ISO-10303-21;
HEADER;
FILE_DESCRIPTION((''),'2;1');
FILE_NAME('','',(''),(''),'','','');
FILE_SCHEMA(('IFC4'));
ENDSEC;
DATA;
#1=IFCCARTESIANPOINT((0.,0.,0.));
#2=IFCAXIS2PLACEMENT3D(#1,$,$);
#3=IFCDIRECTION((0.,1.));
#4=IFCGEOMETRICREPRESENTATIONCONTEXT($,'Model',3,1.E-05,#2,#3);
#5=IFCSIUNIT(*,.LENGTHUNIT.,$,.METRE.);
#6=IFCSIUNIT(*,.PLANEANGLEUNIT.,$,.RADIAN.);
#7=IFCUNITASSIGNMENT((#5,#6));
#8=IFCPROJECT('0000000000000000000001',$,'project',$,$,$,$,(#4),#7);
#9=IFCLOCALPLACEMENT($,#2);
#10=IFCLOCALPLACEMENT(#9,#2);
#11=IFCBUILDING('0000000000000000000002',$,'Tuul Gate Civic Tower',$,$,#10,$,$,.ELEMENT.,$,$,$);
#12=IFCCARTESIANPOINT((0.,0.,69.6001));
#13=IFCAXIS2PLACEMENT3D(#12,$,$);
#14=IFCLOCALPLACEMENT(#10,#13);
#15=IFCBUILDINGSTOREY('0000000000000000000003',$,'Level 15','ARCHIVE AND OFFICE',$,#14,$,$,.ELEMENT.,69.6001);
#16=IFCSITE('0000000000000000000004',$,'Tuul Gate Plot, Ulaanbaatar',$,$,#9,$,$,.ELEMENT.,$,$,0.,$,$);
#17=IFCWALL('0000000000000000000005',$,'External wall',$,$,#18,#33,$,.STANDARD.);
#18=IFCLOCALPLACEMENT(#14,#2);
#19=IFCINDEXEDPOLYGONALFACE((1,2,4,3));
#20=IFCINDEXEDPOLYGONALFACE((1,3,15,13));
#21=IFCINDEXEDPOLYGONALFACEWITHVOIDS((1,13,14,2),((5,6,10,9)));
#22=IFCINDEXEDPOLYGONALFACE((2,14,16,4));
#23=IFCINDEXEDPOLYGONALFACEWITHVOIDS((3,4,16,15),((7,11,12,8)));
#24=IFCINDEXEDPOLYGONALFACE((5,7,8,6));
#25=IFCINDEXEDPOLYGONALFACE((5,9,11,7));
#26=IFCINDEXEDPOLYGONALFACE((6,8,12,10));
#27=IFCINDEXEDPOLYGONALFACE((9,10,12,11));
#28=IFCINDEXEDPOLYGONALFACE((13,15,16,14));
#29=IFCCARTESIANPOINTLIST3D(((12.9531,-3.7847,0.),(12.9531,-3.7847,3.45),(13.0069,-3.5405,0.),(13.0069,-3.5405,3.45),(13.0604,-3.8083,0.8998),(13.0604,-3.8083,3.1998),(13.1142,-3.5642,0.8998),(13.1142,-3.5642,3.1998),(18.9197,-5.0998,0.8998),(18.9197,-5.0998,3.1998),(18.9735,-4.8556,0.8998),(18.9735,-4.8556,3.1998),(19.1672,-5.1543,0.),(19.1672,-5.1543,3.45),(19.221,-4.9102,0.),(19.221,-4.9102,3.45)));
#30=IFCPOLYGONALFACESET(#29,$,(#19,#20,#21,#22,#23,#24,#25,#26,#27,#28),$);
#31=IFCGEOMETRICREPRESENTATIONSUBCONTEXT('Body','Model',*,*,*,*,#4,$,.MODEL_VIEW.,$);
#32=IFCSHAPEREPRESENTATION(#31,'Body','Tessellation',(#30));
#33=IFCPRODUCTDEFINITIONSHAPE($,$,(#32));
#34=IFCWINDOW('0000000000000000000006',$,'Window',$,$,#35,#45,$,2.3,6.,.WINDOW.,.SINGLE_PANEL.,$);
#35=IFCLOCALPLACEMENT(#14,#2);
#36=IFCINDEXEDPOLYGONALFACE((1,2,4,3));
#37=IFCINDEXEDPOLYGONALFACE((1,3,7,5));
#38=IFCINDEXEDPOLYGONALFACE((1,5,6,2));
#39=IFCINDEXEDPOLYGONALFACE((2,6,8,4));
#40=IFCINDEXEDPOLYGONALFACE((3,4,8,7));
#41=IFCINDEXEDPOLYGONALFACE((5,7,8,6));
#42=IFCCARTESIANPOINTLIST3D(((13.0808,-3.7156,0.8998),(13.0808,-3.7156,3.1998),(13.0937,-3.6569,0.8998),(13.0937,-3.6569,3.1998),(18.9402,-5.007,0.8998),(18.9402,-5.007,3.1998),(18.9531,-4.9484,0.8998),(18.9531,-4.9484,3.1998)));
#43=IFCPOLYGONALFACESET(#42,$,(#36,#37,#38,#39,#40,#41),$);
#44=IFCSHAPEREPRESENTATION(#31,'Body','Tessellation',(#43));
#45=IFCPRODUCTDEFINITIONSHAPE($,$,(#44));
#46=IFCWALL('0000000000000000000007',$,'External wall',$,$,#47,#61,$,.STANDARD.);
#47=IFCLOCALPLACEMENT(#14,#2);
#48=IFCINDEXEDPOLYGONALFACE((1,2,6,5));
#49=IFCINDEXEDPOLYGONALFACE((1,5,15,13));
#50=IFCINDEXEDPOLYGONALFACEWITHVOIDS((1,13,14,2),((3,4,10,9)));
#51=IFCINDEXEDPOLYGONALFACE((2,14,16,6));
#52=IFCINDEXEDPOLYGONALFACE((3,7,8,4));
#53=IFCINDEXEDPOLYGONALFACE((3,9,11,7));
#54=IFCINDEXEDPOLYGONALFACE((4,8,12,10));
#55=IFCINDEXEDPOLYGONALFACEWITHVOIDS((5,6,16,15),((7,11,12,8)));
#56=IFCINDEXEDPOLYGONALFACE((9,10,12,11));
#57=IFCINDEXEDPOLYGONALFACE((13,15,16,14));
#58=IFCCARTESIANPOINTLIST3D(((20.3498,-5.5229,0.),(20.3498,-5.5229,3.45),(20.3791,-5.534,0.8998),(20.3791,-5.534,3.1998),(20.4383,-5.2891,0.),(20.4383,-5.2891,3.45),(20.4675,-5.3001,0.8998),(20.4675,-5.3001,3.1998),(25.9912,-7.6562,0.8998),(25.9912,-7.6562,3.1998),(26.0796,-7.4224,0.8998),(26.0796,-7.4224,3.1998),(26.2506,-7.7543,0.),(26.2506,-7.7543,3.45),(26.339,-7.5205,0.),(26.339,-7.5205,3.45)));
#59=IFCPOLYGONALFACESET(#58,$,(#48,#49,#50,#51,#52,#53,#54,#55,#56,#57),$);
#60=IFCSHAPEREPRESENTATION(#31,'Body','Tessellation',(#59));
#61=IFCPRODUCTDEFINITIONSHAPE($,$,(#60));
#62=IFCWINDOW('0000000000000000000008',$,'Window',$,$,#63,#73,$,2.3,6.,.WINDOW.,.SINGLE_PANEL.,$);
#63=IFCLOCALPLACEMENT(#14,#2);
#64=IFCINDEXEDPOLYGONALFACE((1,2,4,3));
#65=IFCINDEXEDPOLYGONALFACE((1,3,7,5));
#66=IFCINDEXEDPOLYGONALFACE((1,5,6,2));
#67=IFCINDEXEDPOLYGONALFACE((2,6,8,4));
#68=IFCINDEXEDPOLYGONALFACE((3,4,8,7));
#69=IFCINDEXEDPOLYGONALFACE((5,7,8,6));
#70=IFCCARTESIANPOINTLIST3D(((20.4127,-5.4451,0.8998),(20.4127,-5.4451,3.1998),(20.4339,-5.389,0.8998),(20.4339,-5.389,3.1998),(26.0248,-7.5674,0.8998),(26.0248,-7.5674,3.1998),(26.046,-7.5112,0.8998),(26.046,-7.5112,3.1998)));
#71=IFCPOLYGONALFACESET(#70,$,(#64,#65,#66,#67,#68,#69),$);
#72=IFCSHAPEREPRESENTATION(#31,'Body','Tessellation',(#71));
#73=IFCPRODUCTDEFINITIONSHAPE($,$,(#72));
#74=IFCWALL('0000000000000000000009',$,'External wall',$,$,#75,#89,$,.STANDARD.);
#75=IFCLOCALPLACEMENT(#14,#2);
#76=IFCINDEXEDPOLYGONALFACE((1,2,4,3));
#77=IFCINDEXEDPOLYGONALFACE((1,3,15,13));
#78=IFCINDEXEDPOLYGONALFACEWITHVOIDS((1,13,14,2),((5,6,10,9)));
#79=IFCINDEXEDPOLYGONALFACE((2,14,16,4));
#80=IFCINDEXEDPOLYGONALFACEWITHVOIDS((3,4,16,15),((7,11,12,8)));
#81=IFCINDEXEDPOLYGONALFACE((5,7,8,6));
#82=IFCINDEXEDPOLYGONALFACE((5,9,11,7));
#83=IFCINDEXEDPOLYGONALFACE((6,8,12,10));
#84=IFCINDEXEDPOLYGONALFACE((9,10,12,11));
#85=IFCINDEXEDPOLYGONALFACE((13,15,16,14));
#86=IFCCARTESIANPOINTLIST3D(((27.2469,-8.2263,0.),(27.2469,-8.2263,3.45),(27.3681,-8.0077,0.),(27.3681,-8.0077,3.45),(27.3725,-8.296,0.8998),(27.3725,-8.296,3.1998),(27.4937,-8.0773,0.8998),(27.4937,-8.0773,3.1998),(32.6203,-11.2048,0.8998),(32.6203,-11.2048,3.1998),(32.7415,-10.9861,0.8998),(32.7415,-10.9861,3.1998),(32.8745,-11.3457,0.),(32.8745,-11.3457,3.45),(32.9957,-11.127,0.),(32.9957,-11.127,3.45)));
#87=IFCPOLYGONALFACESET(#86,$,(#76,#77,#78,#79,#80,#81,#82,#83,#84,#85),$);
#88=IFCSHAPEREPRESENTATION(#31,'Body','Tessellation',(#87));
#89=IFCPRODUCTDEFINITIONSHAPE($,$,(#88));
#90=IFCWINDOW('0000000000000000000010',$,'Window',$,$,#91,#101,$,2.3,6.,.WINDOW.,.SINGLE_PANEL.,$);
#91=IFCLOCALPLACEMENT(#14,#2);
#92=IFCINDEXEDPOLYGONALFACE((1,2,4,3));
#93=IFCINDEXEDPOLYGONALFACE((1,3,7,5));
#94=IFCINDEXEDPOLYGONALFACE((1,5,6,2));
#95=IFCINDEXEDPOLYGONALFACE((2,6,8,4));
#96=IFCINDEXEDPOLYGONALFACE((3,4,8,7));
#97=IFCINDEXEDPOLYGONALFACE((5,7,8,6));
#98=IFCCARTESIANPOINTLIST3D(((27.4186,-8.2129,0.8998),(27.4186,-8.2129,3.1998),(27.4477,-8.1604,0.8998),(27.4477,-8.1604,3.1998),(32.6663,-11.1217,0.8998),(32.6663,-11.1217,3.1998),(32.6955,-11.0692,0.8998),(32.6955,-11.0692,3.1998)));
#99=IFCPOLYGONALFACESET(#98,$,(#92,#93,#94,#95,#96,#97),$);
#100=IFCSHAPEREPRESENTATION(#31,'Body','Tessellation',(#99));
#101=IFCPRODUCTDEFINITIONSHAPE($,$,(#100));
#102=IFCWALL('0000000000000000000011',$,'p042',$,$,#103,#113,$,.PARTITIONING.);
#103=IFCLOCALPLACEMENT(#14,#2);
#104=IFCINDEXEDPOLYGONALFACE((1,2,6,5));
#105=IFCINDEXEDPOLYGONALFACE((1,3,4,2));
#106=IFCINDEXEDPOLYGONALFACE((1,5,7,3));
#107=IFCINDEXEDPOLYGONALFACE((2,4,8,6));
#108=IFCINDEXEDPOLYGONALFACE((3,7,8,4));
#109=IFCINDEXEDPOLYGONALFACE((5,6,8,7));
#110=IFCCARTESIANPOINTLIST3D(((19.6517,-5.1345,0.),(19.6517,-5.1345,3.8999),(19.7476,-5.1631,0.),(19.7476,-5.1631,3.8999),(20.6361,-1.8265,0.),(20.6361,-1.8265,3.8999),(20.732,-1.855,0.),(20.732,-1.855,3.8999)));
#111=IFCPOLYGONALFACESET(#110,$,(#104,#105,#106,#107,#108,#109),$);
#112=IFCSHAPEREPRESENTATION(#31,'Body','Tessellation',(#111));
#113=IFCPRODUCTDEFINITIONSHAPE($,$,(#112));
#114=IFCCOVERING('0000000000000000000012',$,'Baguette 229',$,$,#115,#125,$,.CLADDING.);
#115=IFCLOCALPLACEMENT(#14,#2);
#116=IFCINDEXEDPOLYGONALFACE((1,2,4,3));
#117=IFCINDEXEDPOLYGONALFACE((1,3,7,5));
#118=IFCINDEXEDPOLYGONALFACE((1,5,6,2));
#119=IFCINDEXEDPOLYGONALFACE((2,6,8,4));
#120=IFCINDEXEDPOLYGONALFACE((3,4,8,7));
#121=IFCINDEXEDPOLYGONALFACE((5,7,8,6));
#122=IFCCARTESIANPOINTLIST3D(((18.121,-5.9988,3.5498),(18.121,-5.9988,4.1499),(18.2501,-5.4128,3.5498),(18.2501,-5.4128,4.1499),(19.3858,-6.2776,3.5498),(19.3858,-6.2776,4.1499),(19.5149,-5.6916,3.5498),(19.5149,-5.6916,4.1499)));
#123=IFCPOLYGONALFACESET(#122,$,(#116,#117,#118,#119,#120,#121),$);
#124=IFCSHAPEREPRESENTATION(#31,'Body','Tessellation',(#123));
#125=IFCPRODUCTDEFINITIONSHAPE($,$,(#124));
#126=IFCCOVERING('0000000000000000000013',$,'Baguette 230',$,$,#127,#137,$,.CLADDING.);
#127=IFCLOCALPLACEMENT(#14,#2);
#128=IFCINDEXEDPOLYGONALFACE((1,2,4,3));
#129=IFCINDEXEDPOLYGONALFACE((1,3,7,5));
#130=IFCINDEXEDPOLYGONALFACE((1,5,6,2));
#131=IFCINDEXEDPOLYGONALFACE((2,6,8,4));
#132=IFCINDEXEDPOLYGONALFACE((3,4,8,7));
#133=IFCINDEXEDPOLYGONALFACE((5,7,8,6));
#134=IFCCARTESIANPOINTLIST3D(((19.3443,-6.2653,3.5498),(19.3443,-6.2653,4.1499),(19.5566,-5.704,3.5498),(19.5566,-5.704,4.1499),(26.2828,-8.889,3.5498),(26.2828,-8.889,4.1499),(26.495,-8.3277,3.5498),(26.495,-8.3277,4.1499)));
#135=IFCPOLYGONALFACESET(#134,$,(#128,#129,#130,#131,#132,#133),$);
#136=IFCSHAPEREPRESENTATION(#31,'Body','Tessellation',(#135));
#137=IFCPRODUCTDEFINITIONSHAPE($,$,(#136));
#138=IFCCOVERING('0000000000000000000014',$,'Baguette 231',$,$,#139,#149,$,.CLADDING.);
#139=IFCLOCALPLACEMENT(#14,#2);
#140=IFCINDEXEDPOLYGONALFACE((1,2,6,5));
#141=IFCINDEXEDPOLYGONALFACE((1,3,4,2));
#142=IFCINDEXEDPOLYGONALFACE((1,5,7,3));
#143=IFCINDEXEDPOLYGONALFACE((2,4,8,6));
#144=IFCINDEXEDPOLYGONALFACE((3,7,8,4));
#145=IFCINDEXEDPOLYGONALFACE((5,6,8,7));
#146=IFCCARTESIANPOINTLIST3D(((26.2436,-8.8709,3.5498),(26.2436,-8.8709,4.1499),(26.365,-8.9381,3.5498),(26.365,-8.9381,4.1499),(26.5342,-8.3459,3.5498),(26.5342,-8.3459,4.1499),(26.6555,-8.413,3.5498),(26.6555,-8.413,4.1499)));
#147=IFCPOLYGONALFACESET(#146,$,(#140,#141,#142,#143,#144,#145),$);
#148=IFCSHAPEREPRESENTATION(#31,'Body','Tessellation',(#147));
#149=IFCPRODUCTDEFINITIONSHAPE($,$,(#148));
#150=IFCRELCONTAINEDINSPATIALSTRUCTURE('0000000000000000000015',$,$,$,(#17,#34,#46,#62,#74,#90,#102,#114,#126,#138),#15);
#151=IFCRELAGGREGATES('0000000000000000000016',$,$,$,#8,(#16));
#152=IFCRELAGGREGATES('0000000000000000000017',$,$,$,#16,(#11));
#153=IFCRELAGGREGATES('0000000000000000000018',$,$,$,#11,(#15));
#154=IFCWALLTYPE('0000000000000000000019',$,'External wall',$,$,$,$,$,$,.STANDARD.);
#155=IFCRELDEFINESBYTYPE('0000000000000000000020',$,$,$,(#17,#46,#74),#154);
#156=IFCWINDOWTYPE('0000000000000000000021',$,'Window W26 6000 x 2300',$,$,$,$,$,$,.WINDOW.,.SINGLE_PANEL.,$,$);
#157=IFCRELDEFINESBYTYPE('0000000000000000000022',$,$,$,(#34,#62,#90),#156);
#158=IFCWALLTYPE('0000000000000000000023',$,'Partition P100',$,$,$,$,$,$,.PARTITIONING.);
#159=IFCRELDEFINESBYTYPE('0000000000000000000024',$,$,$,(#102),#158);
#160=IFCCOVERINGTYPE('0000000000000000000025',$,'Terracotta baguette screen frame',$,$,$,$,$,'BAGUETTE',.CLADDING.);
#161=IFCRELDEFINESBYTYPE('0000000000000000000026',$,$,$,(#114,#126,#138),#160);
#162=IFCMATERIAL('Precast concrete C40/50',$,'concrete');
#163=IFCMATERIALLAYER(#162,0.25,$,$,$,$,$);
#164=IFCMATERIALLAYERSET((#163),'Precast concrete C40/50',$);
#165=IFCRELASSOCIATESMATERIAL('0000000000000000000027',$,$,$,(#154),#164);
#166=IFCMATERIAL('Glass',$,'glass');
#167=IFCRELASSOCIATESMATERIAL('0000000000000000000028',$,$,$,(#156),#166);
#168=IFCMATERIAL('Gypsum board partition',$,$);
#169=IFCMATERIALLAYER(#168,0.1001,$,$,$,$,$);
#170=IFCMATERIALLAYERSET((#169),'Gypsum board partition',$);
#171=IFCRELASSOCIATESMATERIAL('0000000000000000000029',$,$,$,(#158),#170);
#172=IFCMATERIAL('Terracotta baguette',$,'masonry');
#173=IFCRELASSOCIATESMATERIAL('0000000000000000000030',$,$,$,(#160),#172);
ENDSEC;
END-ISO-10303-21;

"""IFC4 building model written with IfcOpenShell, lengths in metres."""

from ifc_helpers import new_model, si_unit, direction, frame, frame_2d, origin, origin_2d, place, context, subcontext, project, spatial, rectangle, extrude, material, layer, layer_set, material_profile, profile_set, type_object, element, fill, save


model = new_model("IFC4")

# Units and contexts
model_context = context("Model", 3, precision=1e-05, world=origin(), true_north=direction((0.0, 1.0)))
body_context = subcontext(model_context, "Body", "Model", "MODEL_VIEW")
ifc_project = project(units=[si_unit("LENGTHUNIT", "METRE"), si_unit("PLANEANGLEUNIT", "RADIAN")], contexts=[model_context])

# Site, building, storey
site_placement = place(None, origin())
site = spatial("IfcSite", under=ifc_project, at=site_placement, Name="Tuul Gate Plot, Ulaanbaatar", CompositionType="ELEMENT", RefElevation=0.0)
building_placement = place(site_placement, origin())
building = spatial("IfcBuilding", under=site, at=building_placement, Name="Tuul Gate Civic Tower", CompositionType="ELEMENT")
storey_placement = place(building_placement, frame((0.0, 0.0, 69.6001)))
storey = spatial("IfcBuildingStorey", under=building, at=storey_placement, Name="Level 15", Description="ARCHIVE AND OFFICE", CompositionType="ELEMENT", Elevation=69.6001)

# Walls, openings, windows
ifc_material_1 = material(Name="Precast concrete C40/50", Category="concrete")
ifc_layer_1 = layer(ifc_material_1, 0.25)
ifc_layer_set_1 = layer_set([ifc_layer_1], Name="Precast concrete C40/50")
wall_type_1 = type_object("IfcWallType", Name="External wall", PredefinedType="STANDARD", material=ifc_layer_set_1)
wall_1_placement = place(storey_placement, frame((12.98, -3.6626, 0.0), z_axis=(0.0, 0.0, 1.0), x_axis=(0.976561, -0.21524, 0.0)))
wall_1 = element("IfcWall", 1, at=wall_1_placement, inside=storey, type_object=wall_type_1, Name="External wall", PredefinedType="STANDARD", context=body_context, shape_type="SweptSolid", body=[
    extrude(rectangle(XDim=6.3633, YDim=0.25, at=frame_2d((3.1816, 0.0))), origin(), (0.0, 0.0, 1.0), 3.45),
])
opening_1_placement = place(wall_1_placement, frame((0.1099, 0.0, 0.8999)))
opening_1 = element("IfcOpeningElement", 2, at=opening_1_placement, cuts=wall_1, PredefinedType="OPENING", context=body_context, shape_type="SweptSolid", body=[
    extrude(rectangle(XDim=6.0, YDim=2.3, at=frame_2d((3.0, 1.1499))), frame((0.0, 0.135, 0.0), z_axis=(0.0, -1.0, 0.0), x_axis=(1.0, 0.0, 0.0)), (0.0, 0.0, 1.0), 0.27),
])
ifc_material_2 = material(Name="Glass", Category="glass")
window_type = type_object("IfcWindowType", Name="Window W26 6000 x 2300", PartitioningType="SINGLE_PANEL", PredefinedType="WINDOW", material=ifc_material_2)
window_1_placement = place(opening_1_placement, origin())
window_1 = element("IfcWindow", 3, at=window_1_placement, inside=storey, type_object=window_type, Name="Window", OverallHeight=2.3, OverallWidth=6.0, PartitioningType="SINGLE_PANEL", PredefinedType="WINDOW", context=body_context, shape_type="SweptSolid", body=[
    extrude(rectangle(XDim=6.0, YDim=2.3, at=frame_2d((3.0, 1.1499))), frame((0.0, 0.03, 0.0), z_axis=(0.0, -1.0, 0.0), x_axis=(1.0, 0.0, 0.0)), (0.0, 0.0, 1.0), 0.0601),
])
fill(opening_1, window_1)
wall_2_placement = place(storey_placement, frame((20.394, -5.406, 0.0), z_axis=(0.0, 0.0, 1.0), x_axis=(0.935355, -0.353709, 0.0)))
wall_2 = element("IfcWall", 4, at=wall_2_placement, inside=storey, type_object=wall_type_1, Name="External wall", PredefinedType="STANDARD", context=body_context, shape_type="SweptSolid", body=[
    extrude(rectangle(XDim=6.3086, YDim=0.25, at=frame_2d((3.1543, 0.0))), origin(), (0.0, 0.0, 1.0), 3.45),
])
opening_2_placement = place(wall_2_placement, frame((0.0312, 0.0, 0.8999)))
opening_2 = element("IfcOpeningElement", 5, at=opening_2_placement, cuts=wall_2, PredefinedType="OPENING", context=body_context, shape_type="SweptSolid", body=[
    extrude(rectangle(XDim=6.0, YDim=2.3, at=frame_2d((3.0, 1.1499))), frame((0.0, 0.135, 0.0), z_axis=(0.0, -1.0, 0.0), x_axis=(1.0, 0.0, 0.0)), (0.0, 0.0, 1.0), 0.27),
])
window_2_placement = place(opening_2_placement, origin())
window_2 = element("IfcWindow", 6, at=window_2_placement, inside=storey, type_object=window_type, Name="Window", OverallHeight=2.3, OverallWidth=6.0, PartitioningType="SINGLE_PANEL", PredefinedType="WINDOW", context=body_context, shape_type="SweptSolid", body=[
    extrude(rectangle(XDim=6.0, YDim=2.3, at=frame_2d((3.0, 1.1499))), frame((0.0, 0.03, 0.0), z_axis=(0.0, -1.0, 0.0), x_axis=(1.0, 0.0, 0.0)), (0.0, 0.0, 1.0), 0.0601),
])
fill(opening_2, window_2)
wall_3_placement = place(storey_placement, frame((27.3074, -8.1169, 0.0), z_axis=(0.0, 0.0, 1.0), x_axis=(0.874626, -0.484799, 0.0)))
wall_3 = element("IfcWall", 7, at=wall_3_placement, inside=storey, type_object=wall_type_1, Name="External wall", PredefinedType="STANDARD", context=body_context, shape_type="SweptSolid", body=[
    extrude(rectangle(XDim=6.4343, YDim=0.25, at=frame_2d((3.2173, 0.0))), origin(), (0.0, 0.0, 1.0), 3.45),
])
opening_3_placement = place(wall_3_placement, frame((0.1438, 0.0, 0.8999)))
opening_3 = element("IfcOpeningElement", 8, at=opening_3_placement, cuts=wall_3, PredefinedType="OPENING", context=body_context, shape_type="SweptSolid", body=[
    extrude(rectangle(XDim=6.0, YDim=2.3, at=frame_2d((3.0, 1.1499))), frame((0.0, 0.135, 0.0), z_axis=(0.0, -1.0, 0.0), x_axis=(1.0, 0.0, 0.0)), (0.0, 0.0, 1.0), 0.27),
])
window_3_placement = place(opening_3_placement, origin())
window_3 = element("IfcWindow", 9, at=window_3_placement, inside=storey, type_object=window_type, Name="Window", OverallHeight=2.3, OverallWidth=6.0, PartitioningType="SINGLE_PANEL", PredefinedType="WINDOW", context=body_context, shape_type="SweptSolid", body=[
    extrude(rectangle(XDim=6.0, YDim=2.3, at=frame_2d((3.0, 1.1499))), frame((0.0, 0.03, 0.0), z_axis=(0.0, -1.0, 0.0), x_axis=(1.0, 0.0, 0.0)), (0.0, 0.0, 1.0), 0.0601),
])
fill(opening_3, window_3)

# Wall
ifc_material_3 = material(Name="Gypsum board partition")
ifc_layer_2 = layer(ifc_material_3, 0.1001)
ifc_layer_set_2 = layer_set([ifc_layer_2], Name="Gypsum board partition")
wall_type_2 = type_object("IfcWallType", Name="Partition P100", PredefinedType="PARTITIONING", material=ifc_layer_set_2)
wall_4_placement = place(storey_placement, frame((19.6997, -5.1487, 0.0), z_axis=(0.0, 0.0, 1.0), x_axis=(0.285206, 0.958466, 0.0)))
element("IfcWall", 10, at=wall_4_placement, inside=storey, type_object=wall_type_2, Name="p042", PredefinedType="PARTITIONING", context=body_context, shape_type="SweptSolid", body=[
    extrude(rectangle(XDim=3.4514, YDim=0.1001, at=frame_2d((1.7256, 0.0))), origin(), (0.0, 0.0, 1.0), 3.8999),
])

# Coverings
ifc_material_4 = material(Name="Terracotta baguette", Category="masonry")
ifc_material_profile_1 = material_profile(ifc_material_4, rectangle(XDim=0.6001, YDim=0.6001, at=origin_2d()), Name="Terracotta baguette screen frame")
ifc_profile_set_1 = profile_set([ifc_material_profile_1], Name="Terracotta baguette")
covering_type = type_object("IfcCoveringType", Name="Terracotta baguette screen frame", ElementType="BAGUETTE", PredefinedType="CLADDING", material=ifc_profile_set_1)
covering_1_placement = place(storey_placement, frame((18.1855, -5.7058, 3.8499), z_axis=(0.976558, -0.215254, 0.0), x_axis=(0.215254, 0.976558, 0.0)))
element("IfcCovering", 11, at=covering_1_placement, inside=storey, type_object=covering_type, Name="Baguette 229", PredefinedType="CLADDING", context=body_context, shape_type="SweptSolid", body=[
    extrude(rectangle(XDim=0.6001, YDim=0.6001, at=origin_2d()), origin(), (0.0, 0.0, 1.0), 1.2952),
])
covering_2_placement = place(storey_placement, frame((19.4504, -5.9846, 3.8499), z_axis=(0.935357, -0.353705, 0.0), x_axis=(0.353705, 0.935357, 0.0)))
element("IfcCovering", 12, at=covering_2_placement, inside=storey, type_object=covering_type, Name="Baguette 230", PredefinedType="CLADDING", context=body_context, shape_type="SweptSolid", body=[
    extrude(rectangle(XDim=0.6001, YDim=0.6001, at=origin_2d()), origin(), (0.0, 0.0, 1.0), 7.418),
])
covering_3_placement = place(storey_placement, frame((26.3889, -8.6084, 3.8499), z_axis=(0.874986, -0.484147, 0.0), x_axis=(0.484147, 0.874986, 0.0)))
element("IfcCovering", 13, at=covering_3_placement, inside=storey, type_object=covering_type, Name="Baguette 231", PredefinedType="CLADDING", context=body_context, shape_type="SweptSolid", body=[
    extrude(rectangle(XDim=0.6001, YDim=0.6001, at=origin_2d()), origin(), (0.0, 0.0, 1.0), 0.1387),
])

save(model, "model.ifc")
